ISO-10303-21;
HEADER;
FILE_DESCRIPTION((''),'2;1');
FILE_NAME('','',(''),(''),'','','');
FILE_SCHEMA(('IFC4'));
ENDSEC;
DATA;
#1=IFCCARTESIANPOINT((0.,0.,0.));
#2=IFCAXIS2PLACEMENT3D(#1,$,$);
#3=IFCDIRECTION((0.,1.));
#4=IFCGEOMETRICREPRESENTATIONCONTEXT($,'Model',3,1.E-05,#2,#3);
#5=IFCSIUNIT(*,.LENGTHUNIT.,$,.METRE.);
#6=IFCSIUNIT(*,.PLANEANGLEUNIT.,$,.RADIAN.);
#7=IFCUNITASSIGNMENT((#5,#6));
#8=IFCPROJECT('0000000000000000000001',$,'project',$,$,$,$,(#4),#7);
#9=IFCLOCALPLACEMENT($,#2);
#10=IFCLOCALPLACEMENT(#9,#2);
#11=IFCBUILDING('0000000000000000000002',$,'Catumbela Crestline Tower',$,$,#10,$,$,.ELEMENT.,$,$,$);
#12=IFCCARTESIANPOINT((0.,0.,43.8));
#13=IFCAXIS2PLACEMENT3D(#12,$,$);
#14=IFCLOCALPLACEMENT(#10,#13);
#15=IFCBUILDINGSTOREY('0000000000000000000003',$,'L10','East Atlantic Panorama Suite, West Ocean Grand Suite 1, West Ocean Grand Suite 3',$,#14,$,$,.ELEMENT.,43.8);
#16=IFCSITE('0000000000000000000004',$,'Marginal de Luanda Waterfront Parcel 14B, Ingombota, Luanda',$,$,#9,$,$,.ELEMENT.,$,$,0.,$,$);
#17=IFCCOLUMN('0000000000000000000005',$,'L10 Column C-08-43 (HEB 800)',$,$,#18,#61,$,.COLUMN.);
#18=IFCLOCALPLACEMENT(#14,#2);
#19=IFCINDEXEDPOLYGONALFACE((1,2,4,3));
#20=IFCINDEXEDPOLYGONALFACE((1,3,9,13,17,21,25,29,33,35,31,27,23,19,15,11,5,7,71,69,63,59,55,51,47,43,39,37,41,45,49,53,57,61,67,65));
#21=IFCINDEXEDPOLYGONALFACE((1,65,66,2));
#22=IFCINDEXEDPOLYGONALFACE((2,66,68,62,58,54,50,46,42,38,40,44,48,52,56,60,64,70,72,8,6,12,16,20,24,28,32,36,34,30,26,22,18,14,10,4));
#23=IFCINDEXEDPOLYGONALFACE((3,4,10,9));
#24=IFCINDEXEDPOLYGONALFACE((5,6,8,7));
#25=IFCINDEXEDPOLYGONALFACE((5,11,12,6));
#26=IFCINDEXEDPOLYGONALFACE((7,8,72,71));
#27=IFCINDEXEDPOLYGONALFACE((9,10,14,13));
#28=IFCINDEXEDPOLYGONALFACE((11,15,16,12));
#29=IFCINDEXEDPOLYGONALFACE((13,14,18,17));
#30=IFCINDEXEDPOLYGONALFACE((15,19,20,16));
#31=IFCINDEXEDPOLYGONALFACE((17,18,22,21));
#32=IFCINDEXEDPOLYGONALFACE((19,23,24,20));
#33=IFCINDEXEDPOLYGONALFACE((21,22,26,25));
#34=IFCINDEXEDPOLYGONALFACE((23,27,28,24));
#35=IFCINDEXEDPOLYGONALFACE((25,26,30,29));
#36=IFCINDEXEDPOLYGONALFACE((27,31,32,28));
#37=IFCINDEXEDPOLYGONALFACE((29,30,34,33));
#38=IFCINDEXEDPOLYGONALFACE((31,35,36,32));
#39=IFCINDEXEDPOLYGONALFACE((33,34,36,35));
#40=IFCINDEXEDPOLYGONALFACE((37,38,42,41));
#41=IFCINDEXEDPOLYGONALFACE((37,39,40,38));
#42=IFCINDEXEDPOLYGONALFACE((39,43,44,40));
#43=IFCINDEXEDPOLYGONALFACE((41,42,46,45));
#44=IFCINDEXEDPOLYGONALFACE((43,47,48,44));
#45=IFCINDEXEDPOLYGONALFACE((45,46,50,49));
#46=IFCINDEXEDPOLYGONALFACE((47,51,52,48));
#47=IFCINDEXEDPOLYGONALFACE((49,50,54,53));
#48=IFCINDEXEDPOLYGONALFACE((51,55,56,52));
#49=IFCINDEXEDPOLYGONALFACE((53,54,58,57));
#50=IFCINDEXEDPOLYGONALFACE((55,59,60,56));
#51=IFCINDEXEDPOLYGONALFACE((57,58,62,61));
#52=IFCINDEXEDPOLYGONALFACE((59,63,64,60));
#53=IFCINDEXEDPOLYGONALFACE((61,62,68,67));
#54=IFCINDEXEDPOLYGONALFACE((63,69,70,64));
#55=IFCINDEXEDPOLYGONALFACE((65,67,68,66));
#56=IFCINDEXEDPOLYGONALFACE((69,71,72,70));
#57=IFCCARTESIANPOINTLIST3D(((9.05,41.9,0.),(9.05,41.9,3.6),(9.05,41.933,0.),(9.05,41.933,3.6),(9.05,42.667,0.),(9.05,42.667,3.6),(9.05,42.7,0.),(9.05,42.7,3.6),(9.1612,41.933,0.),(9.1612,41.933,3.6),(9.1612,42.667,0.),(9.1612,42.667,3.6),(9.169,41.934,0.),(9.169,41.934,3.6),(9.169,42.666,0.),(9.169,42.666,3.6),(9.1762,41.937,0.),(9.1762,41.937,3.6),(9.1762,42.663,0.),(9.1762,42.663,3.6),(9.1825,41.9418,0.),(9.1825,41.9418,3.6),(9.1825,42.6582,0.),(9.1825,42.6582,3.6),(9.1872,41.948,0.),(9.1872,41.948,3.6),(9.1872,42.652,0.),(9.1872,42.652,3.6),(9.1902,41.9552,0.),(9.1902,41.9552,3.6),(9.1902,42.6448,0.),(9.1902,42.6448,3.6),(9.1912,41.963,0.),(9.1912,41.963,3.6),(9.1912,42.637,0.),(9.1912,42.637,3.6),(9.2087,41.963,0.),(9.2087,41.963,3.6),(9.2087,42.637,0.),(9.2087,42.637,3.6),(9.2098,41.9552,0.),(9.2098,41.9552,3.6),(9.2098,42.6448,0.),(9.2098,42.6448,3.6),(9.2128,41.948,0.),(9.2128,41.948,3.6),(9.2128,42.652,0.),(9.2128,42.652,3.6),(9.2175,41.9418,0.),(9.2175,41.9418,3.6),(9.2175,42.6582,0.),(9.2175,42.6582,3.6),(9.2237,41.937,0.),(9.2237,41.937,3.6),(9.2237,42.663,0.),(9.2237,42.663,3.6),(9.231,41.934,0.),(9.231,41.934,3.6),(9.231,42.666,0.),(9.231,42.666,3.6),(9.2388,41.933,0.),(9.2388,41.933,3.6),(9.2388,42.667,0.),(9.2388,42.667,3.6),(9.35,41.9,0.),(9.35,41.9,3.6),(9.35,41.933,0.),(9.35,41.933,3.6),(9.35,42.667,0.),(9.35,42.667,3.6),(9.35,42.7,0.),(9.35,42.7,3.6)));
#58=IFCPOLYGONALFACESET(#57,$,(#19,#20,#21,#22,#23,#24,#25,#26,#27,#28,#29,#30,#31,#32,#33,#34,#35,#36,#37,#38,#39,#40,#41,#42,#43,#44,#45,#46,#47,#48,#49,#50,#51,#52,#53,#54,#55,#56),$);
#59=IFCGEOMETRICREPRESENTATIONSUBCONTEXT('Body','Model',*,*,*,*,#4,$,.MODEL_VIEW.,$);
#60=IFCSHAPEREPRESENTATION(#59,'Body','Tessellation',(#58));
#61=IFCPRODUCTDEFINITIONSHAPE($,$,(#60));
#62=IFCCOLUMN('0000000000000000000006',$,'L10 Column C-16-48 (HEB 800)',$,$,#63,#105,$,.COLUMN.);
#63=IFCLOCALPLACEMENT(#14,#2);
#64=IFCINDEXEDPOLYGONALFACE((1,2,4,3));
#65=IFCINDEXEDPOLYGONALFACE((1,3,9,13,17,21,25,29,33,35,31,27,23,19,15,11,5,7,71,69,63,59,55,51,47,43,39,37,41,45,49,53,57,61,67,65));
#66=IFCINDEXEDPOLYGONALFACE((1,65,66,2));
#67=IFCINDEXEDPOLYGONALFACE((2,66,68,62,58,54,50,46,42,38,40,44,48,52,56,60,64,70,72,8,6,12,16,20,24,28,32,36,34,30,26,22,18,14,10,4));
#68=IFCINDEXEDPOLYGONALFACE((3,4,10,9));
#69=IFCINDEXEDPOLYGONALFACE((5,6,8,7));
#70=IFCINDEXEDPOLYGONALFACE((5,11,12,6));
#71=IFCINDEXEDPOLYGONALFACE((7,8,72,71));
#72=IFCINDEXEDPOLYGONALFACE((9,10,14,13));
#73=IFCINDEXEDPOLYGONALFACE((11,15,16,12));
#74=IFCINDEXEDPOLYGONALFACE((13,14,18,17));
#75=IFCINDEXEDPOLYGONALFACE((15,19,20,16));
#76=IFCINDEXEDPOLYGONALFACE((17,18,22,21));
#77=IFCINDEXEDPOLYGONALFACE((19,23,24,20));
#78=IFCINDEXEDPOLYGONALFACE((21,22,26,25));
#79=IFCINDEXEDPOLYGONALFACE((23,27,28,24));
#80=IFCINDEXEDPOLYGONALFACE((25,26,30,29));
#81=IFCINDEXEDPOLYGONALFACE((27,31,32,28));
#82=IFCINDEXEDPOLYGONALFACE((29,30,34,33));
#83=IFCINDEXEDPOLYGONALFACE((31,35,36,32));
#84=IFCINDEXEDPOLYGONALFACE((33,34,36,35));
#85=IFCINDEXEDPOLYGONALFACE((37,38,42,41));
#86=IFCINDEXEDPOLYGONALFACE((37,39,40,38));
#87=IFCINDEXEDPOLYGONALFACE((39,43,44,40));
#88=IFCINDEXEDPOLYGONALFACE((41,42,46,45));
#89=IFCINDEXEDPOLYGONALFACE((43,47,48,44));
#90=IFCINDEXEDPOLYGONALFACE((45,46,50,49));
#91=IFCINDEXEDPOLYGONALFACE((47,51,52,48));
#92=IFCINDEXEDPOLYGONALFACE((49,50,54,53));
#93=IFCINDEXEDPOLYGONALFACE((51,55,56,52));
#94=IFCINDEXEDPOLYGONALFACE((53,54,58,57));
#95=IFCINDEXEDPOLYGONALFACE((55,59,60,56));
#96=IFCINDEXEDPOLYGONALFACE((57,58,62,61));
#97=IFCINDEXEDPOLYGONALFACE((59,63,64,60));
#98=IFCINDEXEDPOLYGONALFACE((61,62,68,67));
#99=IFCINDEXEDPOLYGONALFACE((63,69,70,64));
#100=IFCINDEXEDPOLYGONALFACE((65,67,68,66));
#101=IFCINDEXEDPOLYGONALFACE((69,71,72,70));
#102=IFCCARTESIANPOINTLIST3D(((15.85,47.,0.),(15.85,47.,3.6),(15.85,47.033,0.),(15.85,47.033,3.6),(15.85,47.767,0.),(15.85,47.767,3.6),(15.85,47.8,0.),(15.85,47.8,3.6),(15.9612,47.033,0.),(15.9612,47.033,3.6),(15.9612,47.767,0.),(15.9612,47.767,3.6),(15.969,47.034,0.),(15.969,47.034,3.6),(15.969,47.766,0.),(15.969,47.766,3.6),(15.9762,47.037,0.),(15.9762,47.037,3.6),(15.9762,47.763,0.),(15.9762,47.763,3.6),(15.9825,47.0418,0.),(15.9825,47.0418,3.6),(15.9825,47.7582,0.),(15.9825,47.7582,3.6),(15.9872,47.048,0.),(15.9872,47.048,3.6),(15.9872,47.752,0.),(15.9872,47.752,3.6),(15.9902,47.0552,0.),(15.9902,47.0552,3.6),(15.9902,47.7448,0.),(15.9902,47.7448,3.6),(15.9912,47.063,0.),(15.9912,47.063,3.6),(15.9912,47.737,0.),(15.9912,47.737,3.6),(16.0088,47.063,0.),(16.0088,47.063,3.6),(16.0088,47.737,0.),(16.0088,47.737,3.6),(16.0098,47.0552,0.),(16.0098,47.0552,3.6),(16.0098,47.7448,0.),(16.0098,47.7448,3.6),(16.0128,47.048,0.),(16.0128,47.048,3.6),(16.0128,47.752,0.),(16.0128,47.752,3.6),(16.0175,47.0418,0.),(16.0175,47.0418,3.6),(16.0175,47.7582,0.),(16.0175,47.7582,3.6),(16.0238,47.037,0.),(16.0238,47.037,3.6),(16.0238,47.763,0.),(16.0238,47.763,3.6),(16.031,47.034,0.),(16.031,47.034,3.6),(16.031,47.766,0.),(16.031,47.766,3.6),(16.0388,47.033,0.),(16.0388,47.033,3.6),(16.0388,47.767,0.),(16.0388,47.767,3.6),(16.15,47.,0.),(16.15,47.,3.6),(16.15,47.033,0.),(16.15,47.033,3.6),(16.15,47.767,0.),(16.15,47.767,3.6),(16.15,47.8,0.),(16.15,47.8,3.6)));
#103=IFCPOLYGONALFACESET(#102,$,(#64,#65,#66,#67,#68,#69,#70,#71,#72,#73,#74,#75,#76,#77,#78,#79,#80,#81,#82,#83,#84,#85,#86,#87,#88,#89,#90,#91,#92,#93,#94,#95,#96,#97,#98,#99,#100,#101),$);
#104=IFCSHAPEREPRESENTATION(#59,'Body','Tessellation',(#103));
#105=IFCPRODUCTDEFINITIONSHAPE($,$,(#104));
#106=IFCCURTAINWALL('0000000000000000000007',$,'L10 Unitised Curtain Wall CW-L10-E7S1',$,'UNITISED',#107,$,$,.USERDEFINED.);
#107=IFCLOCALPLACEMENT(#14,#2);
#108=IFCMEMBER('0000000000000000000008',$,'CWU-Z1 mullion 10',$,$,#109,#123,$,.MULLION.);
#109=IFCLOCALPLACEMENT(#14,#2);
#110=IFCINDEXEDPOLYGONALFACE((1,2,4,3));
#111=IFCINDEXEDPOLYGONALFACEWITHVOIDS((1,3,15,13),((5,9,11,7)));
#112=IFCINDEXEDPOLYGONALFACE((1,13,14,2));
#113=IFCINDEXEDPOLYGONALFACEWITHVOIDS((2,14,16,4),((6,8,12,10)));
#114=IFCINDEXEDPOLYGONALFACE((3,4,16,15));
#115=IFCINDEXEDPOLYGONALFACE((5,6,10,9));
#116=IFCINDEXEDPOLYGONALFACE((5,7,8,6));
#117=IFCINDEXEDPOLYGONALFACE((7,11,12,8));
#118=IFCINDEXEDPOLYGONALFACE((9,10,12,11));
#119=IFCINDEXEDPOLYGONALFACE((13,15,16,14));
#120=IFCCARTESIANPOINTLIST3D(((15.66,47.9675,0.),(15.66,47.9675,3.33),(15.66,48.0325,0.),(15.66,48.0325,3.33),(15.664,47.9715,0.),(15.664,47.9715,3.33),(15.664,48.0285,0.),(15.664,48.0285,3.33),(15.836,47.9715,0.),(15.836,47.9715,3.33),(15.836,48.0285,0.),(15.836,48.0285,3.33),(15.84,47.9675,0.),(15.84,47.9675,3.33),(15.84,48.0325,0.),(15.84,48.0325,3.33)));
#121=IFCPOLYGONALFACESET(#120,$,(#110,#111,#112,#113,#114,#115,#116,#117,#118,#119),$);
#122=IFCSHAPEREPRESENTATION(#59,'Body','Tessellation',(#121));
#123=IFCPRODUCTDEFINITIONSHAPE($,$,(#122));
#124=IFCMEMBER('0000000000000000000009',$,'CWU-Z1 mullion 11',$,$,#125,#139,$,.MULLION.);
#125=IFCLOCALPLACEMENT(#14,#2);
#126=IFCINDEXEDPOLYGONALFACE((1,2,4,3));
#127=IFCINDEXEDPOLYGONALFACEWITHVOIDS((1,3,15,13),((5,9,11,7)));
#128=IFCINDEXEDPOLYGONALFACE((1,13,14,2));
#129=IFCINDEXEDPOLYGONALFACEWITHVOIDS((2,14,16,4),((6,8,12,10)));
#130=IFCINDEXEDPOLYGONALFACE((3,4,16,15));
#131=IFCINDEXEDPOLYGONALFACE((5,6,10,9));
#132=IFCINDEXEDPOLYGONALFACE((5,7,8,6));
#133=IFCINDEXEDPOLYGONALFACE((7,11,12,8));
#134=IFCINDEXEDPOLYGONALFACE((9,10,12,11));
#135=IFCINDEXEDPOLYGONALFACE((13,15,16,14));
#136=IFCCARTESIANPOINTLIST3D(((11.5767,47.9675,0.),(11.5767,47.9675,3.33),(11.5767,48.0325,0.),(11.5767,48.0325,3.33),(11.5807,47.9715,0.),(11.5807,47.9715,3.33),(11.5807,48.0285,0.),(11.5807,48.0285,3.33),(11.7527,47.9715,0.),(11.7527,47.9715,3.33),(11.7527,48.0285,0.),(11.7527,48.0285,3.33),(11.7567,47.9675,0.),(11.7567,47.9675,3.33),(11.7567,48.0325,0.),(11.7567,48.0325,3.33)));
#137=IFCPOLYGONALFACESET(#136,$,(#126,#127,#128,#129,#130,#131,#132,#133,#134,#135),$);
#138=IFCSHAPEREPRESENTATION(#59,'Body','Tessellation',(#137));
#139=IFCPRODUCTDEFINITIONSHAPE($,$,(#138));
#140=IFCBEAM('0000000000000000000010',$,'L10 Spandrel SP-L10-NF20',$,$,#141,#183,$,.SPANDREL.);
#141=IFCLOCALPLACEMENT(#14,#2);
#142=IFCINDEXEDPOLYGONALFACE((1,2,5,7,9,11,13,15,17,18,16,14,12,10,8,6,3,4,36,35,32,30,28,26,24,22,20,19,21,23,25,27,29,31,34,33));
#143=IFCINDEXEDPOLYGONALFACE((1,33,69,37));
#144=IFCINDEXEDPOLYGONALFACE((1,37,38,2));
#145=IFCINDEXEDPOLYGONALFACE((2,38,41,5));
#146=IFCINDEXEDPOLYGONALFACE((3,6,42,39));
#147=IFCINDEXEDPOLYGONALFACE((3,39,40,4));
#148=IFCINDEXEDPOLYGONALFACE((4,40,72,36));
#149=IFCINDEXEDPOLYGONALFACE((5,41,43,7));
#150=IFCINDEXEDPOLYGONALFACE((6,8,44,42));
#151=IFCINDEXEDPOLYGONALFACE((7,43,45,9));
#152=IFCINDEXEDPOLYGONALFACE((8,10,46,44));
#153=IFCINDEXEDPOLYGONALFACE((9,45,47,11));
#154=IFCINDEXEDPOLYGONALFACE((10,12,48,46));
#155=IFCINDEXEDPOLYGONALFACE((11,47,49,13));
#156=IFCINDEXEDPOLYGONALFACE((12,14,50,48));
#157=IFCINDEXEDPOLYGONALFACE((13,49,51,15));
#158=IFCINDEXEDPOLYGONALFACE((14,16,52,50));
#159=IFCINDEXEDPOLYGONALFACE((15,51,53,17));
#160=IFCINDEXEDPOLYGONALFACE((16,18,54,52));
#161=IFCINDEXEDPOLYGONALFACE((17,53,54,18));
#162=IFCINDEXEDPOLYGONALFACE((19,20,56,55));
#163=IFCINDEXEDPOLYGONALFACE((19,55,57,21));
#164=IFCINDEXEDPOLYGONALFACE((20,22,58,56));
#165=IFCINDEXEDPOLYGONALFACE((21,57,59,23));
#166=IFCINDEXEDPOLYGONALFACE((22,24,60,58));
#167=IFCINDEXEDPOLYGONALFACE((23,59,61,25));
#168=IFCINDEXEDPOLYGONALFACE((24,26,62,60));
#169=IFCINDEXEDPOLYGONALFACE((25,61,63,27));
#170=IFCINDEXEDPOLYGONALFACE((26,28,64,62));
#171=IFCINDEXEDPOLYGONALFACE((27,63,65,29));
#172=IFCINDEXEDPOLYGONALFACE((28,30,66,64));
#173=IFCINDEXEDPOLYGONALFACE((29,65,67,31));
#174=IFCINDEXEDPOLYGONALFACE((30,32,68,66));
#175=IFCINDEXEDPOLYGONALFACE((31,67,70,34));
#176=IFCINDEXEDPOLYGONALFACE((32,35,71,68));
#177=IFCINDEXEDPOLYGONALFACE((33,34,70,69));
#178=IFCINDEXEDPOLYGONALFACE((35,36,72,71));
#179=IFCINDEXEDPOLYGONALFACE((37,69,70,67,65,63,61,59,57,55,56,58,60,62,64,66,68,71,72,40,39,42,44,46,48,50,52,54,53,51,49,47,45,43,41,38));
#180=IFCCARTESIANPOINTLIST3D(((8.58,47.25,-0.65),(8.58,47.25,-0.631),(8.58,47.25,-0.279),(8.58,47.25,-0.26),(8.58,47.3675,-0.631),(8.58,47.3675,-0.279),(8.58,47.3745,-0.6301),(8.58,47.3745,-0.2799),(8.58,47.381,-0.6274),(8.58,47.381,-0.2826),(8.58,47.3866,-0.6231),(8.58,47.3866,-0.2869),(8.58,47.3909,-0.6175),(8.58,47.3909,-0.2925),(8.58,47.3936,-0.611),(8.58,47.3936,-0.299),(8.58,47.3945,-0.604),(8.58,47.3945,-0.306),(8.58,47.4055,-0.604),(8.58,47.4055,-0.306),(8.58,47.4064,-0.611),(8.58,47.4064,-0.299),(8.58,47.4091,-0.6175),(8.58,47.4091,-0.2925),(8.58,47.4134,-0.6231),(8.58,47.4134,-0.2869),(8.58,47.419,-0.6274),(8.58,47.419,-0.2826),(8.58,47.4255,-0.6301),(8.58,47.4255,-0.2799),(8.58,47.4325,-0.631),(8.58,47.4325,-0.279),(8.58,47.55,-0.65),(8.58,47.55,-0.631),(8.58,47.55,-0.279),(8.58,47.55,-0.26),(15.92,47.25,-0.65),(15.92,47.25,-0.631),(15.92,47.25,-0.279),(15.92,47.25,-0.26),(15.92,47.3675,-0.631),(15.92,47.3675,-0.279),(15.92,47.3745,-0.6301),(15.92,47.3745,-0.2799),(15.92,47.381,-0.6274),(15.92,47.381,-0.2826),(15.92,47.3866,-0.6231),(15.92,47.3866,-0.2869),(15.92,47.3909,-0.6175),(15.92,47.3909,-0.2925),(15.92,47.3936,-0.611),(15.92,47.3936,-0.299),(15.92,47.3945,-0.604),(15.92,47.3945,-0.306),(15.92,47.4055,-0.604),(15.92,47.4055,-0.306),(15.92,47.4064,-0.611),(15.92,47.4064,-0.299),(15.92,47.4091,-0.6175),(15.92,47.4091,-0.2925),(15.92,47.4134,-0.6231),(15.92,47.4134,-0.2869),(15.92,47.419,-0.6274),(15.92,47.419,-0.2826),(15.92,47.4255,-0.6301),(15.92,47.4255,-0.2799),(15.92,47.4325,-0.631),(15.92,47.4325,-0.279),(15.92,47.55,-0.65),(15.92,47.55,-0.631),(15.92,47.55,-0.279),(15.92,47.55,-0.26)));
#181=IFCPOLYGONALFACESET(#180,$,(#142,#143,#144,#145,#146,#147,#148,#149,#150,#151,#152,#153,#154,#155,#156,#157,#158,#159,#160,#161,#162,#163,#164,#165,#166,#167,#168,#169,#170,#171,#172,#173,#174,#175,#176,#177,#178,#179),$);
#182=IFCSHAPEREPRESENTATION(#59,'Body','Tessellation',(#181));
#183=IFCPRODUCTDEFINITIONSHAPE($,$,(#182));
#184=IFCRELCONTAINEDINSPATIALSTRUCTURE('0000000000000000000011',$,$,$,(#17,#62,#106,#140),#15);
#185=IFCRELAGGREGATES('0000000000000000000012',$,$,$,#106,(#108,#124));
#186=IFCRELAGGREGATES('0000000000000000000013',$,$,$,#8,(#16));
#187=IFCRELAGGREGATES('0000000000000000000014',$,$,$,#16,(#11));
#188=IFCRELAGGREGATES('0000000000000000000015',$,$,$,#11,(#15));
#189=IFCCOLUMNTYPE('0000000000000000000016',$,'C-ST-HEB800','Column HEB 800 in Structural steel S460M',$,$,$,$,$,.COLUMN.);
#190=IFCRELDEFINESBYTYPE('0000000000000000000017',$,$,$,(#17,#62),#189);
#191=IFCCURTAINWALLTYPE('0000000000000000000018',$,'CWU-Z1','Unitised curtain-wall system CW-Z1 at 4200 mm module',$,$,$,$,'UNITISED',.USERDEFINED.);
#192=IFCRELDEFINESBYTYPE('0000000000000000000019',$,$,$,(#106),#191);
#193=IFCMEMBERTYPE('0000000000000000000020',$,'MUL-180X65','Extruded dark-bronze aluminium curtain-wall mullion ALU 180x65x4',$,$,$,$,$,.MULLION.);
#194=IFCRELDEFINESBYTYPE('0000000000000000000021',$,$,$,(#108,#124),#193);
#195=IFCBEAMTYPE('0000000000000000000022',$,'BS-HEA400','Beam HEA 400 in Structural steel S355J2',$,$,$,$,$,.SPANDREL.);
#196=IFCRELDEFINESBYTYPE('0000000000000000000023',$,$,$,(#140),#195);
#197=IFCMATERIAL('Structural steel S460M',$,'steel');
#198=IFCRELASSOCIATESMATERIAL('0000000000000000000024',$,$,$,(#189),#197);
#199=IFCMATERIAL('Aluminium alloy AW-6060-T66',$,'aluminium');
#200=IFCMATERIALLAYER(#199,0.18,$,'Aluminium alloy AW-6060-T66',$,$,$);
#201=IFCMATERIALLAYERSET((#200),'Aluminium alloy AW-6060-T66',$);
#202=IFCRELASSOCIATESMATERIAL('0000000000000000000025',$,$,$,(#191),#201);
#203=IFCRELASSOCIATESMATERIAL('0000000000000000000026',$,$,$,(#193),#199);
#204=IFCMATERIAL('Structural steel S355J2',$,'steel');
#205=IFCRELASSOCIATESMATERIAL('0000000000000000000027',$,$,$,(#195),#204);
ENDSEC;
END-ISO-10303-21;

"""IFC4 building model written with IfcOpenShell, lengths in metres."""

from ifc_helpers import new_model, si_unit, direction, frame, origin, origin_2d, place, context, subcontext, project, spatial, hollow_rectangle, i_section, extrude, material, layer, layer_set, material_profile, profile_set, type_object, element, aggregate, save


model = new_model("IFC4")

# Units and contexts
model_context = context("Model", 3, precision=1e-05, world=origin(), true_north=direction((0.0, 1.0)))
body_context = subcontext(model_context, "Body", "Model", "MODEL_VIEW")
ifc_project = project(units=[si_unit("LENGTHUNIT", "METRE"), si_unit("PLANEANGLEUNIT", "RADIAN")], contexts=[model_context])

# Site, building, storey
site_placement = place(None, origin())
site = spatial("IfcSite", under=ifc_project, at=site_placement, Name="Marginal de Luanda Waterfront Parcel 14B, Ingombota, Luanda", CompositionType="ELEMENT", RefElevation=0.0)
building_placement = place(site_placement, origin())
building = spatial("IfcBuilding", under=site, at=building_placement, Name="Catumbela Crestline Tower", CompositionType="ELEMENT")
storey_placement = place(building_placement, frame((0.0, 0.0, 43.8)))
storey = spatial("IfcBuildingStorey", under=building, at=storey_placement, Name="L10", Description="East Atlantic Panorama Suite, West Ocean Grand Suite 1, West Ocean Grand Suite 3", CompositionType="ELEMENT", Elevation=43.8)

# Columns
ifc_material_1 = material(Name="Structural steel S460M", Category="steel")
ifc_material_profile_1 = material_profile(ifc_material_1, i_section(OverallWidth=0.3, OverallDepth=0.8, WebThickness=0.0175, FlangeThickness=0.033, FilletRadius=0.03, at=origin_2d()), Name="HEB 800")
ifc_profile_set_1 = profile_set([ifc_material_profile_1], Name="Structural steel S460M")
column_type = type_object("IfcColumnType", Name="C-ST-HEB800", Description="Column HEB 800 in Structural steel S460M", PredefinedType="COLUMN", material=ifc_profile_set_1)
for number, where, z_axis, x_axis, name in (
    (1, (9.2, 42.3, 0.0), (0.0, 0.0, 1.0), (1.0, 0.0, 0.0), "L10 Column C-08-43 (HEB 800)"),
    (2, (16.0, 47.4, 0.0), (0.0, 0.0, 1.0), (1.0, 0.0, 0.0), "L10 Column C-16-48 (HEB 800)"),
):
    element("IfcColumn", number, at=place(storey_placement, frame(where, z_axis=z_axis, x_axis=x_axis)), inside=storey, type_object=column_type, Name=name, PredefinedType="COLUMN", context=body_context, shape_type="SweptSolid", body=[
        extrude(i_section(OverallWidth=0.3, OverallDepth=0.8, WebThickness=0.0175, FlangeThickness=0.033, FilletRadius=0.03, at=origin_2d()), origin(), (0.0, 0.0, 1.0), 3.6),
    ])

# Curtain wall, members
ifc_material_2 = material(Name="Aluminium alloy AW-6060-T66", Category="aluminium")
ifc_layer_1 = layer(ifc_material_2, 0.18, Name="Aluminium alloy AW-6060-T66")
ifc_layer_set_1 = layer_set([ifc_layer_1], Name="Aluminium alloy AW-6060-T66")
curtain_wall_type = type_object("IfcCurtainWallType", Name="CWU-Z1", Description="Unitised curtain-wall system CW-Z1 at 4200 mm module", ElementType="UNITISED", PredefinedType="USERDEFINED", material=ifc_layer_set_1)
curtain_wall_placement = place(storey_placement, origin())
curtain_wall = element("IfcCurtainWall", 3, at=curtain_wall_placement, inside=storey, type_object=curtain_wall_type, Name="L10 Unitised Curtain Wall CW-L10-E7S1", ObjectType="UNITISED", PredefinedType="USERDEFINED")
ifc_material_profile_2 = material_profile(ifc_material_2, hollow_rectangle(XDim=0.065, YDim=0.18, WallThickness=0.004, at=origin_2d()), Name="ALU 180x65x4")
ifc_profile_set_2 = profile_set([ifc_material_profile_2], Name="Aluminium alloy AW-6060-T66")
member_type_1 = type_object("IfcMemberType", Name="MUL-180X65", Description="Extruded dark-bronze aluminium curtain-wall mullion ALU 180x65x4", PredefinedType="MULLION", material=ifc_profile_set_2)
member_1_placement = place(storey_placement, frame((15.75, 48.0, 0.0), z_axis=(0.0, 0.0, 1.0), x_axis=(0.0, -1.0, 0.0)))
member_1 = element("IfcMember", 4, at=member_1_placement, type_object=member_type_1, Name="CWU-Z1 mullion 10", PredefinedType="MULLION", context=body_context, shape_type="SweptSolid", body=[
    extrude(hollow_rectangle(XDim=0.065, YDim=0.18, WallThickness=0.004, at=origin_2d()), origin(), (0.0, 0.0, 1.0), 3.33),
])
member_2_placement = place(storey_placement, frame((11.6667, 48.0, 0.0), z_axis=(0.0, 0.0, 1.0), x_axis=(0.0, -1.0, 0.0)))
member_2 = element("IfcMember", 5, at=member_2_placement, type_object=member_type_1, Name="CWU-Z1 mullion 11", PredefinedType="MULLION", context=body_context, shape_type="SweptSolid", body=[
    extrude(hollow_rectangle(XDim=0.065, YDim=0.18, WallThickness=0.004, at=origin_2d()), origin(), (0.0, 0.0, 1.0), 3.33),
])

# Beam
ifc_material_3 = material(Name="Structural steel S355J2", Category="steel")
ifc_material_profile_3 = material_profile(ifc_material_3, i_section(OverallWidth=0.3, OverallDepth=0.39, WebThickness=0.011, FlangeThickness=0.019, FilletRadius=0.027, at=origin_2d()), Name="HEA 400")
ifc_profile_set_3 = profile_set([ifc_material_profile_3], Name="Structural steel S355J2")
beam_type = type_object("IfcBeamType", Name="BS-HEA400", Description="Beam HEA 400 in Structural steel S355J2", PredefinedType="SPANDREL", material=ifc_profile_set_3)
beam_1_placement = place(storey_placement, frame((8.58, 47.4, -0.455), z_axis=(1.0, 0.0, 0.0), x_axis=(0.0, 1.0, 0.0)))
element("IfcBeam", 6, at=beam_1_placement, inside=storey, type_object=beam_type, Name="L10 Spandrel SP-L10-NF20", PredefinedType="SPANDREL", context=body_context, shape_type="SweptSolid", body=[
    extrude(i_section(OverallWidth=0.3, OverallDepth=0.39, WebThickness=0.011, FlangeThickness=0.019, FilletRadius=0.027, at=origin_2d()), origin(), (0.0, 0.0, 1.0), 7.34),
])

aggregate(curtain_wall, [member_1, member_2])

save(model, "model.ifc")
